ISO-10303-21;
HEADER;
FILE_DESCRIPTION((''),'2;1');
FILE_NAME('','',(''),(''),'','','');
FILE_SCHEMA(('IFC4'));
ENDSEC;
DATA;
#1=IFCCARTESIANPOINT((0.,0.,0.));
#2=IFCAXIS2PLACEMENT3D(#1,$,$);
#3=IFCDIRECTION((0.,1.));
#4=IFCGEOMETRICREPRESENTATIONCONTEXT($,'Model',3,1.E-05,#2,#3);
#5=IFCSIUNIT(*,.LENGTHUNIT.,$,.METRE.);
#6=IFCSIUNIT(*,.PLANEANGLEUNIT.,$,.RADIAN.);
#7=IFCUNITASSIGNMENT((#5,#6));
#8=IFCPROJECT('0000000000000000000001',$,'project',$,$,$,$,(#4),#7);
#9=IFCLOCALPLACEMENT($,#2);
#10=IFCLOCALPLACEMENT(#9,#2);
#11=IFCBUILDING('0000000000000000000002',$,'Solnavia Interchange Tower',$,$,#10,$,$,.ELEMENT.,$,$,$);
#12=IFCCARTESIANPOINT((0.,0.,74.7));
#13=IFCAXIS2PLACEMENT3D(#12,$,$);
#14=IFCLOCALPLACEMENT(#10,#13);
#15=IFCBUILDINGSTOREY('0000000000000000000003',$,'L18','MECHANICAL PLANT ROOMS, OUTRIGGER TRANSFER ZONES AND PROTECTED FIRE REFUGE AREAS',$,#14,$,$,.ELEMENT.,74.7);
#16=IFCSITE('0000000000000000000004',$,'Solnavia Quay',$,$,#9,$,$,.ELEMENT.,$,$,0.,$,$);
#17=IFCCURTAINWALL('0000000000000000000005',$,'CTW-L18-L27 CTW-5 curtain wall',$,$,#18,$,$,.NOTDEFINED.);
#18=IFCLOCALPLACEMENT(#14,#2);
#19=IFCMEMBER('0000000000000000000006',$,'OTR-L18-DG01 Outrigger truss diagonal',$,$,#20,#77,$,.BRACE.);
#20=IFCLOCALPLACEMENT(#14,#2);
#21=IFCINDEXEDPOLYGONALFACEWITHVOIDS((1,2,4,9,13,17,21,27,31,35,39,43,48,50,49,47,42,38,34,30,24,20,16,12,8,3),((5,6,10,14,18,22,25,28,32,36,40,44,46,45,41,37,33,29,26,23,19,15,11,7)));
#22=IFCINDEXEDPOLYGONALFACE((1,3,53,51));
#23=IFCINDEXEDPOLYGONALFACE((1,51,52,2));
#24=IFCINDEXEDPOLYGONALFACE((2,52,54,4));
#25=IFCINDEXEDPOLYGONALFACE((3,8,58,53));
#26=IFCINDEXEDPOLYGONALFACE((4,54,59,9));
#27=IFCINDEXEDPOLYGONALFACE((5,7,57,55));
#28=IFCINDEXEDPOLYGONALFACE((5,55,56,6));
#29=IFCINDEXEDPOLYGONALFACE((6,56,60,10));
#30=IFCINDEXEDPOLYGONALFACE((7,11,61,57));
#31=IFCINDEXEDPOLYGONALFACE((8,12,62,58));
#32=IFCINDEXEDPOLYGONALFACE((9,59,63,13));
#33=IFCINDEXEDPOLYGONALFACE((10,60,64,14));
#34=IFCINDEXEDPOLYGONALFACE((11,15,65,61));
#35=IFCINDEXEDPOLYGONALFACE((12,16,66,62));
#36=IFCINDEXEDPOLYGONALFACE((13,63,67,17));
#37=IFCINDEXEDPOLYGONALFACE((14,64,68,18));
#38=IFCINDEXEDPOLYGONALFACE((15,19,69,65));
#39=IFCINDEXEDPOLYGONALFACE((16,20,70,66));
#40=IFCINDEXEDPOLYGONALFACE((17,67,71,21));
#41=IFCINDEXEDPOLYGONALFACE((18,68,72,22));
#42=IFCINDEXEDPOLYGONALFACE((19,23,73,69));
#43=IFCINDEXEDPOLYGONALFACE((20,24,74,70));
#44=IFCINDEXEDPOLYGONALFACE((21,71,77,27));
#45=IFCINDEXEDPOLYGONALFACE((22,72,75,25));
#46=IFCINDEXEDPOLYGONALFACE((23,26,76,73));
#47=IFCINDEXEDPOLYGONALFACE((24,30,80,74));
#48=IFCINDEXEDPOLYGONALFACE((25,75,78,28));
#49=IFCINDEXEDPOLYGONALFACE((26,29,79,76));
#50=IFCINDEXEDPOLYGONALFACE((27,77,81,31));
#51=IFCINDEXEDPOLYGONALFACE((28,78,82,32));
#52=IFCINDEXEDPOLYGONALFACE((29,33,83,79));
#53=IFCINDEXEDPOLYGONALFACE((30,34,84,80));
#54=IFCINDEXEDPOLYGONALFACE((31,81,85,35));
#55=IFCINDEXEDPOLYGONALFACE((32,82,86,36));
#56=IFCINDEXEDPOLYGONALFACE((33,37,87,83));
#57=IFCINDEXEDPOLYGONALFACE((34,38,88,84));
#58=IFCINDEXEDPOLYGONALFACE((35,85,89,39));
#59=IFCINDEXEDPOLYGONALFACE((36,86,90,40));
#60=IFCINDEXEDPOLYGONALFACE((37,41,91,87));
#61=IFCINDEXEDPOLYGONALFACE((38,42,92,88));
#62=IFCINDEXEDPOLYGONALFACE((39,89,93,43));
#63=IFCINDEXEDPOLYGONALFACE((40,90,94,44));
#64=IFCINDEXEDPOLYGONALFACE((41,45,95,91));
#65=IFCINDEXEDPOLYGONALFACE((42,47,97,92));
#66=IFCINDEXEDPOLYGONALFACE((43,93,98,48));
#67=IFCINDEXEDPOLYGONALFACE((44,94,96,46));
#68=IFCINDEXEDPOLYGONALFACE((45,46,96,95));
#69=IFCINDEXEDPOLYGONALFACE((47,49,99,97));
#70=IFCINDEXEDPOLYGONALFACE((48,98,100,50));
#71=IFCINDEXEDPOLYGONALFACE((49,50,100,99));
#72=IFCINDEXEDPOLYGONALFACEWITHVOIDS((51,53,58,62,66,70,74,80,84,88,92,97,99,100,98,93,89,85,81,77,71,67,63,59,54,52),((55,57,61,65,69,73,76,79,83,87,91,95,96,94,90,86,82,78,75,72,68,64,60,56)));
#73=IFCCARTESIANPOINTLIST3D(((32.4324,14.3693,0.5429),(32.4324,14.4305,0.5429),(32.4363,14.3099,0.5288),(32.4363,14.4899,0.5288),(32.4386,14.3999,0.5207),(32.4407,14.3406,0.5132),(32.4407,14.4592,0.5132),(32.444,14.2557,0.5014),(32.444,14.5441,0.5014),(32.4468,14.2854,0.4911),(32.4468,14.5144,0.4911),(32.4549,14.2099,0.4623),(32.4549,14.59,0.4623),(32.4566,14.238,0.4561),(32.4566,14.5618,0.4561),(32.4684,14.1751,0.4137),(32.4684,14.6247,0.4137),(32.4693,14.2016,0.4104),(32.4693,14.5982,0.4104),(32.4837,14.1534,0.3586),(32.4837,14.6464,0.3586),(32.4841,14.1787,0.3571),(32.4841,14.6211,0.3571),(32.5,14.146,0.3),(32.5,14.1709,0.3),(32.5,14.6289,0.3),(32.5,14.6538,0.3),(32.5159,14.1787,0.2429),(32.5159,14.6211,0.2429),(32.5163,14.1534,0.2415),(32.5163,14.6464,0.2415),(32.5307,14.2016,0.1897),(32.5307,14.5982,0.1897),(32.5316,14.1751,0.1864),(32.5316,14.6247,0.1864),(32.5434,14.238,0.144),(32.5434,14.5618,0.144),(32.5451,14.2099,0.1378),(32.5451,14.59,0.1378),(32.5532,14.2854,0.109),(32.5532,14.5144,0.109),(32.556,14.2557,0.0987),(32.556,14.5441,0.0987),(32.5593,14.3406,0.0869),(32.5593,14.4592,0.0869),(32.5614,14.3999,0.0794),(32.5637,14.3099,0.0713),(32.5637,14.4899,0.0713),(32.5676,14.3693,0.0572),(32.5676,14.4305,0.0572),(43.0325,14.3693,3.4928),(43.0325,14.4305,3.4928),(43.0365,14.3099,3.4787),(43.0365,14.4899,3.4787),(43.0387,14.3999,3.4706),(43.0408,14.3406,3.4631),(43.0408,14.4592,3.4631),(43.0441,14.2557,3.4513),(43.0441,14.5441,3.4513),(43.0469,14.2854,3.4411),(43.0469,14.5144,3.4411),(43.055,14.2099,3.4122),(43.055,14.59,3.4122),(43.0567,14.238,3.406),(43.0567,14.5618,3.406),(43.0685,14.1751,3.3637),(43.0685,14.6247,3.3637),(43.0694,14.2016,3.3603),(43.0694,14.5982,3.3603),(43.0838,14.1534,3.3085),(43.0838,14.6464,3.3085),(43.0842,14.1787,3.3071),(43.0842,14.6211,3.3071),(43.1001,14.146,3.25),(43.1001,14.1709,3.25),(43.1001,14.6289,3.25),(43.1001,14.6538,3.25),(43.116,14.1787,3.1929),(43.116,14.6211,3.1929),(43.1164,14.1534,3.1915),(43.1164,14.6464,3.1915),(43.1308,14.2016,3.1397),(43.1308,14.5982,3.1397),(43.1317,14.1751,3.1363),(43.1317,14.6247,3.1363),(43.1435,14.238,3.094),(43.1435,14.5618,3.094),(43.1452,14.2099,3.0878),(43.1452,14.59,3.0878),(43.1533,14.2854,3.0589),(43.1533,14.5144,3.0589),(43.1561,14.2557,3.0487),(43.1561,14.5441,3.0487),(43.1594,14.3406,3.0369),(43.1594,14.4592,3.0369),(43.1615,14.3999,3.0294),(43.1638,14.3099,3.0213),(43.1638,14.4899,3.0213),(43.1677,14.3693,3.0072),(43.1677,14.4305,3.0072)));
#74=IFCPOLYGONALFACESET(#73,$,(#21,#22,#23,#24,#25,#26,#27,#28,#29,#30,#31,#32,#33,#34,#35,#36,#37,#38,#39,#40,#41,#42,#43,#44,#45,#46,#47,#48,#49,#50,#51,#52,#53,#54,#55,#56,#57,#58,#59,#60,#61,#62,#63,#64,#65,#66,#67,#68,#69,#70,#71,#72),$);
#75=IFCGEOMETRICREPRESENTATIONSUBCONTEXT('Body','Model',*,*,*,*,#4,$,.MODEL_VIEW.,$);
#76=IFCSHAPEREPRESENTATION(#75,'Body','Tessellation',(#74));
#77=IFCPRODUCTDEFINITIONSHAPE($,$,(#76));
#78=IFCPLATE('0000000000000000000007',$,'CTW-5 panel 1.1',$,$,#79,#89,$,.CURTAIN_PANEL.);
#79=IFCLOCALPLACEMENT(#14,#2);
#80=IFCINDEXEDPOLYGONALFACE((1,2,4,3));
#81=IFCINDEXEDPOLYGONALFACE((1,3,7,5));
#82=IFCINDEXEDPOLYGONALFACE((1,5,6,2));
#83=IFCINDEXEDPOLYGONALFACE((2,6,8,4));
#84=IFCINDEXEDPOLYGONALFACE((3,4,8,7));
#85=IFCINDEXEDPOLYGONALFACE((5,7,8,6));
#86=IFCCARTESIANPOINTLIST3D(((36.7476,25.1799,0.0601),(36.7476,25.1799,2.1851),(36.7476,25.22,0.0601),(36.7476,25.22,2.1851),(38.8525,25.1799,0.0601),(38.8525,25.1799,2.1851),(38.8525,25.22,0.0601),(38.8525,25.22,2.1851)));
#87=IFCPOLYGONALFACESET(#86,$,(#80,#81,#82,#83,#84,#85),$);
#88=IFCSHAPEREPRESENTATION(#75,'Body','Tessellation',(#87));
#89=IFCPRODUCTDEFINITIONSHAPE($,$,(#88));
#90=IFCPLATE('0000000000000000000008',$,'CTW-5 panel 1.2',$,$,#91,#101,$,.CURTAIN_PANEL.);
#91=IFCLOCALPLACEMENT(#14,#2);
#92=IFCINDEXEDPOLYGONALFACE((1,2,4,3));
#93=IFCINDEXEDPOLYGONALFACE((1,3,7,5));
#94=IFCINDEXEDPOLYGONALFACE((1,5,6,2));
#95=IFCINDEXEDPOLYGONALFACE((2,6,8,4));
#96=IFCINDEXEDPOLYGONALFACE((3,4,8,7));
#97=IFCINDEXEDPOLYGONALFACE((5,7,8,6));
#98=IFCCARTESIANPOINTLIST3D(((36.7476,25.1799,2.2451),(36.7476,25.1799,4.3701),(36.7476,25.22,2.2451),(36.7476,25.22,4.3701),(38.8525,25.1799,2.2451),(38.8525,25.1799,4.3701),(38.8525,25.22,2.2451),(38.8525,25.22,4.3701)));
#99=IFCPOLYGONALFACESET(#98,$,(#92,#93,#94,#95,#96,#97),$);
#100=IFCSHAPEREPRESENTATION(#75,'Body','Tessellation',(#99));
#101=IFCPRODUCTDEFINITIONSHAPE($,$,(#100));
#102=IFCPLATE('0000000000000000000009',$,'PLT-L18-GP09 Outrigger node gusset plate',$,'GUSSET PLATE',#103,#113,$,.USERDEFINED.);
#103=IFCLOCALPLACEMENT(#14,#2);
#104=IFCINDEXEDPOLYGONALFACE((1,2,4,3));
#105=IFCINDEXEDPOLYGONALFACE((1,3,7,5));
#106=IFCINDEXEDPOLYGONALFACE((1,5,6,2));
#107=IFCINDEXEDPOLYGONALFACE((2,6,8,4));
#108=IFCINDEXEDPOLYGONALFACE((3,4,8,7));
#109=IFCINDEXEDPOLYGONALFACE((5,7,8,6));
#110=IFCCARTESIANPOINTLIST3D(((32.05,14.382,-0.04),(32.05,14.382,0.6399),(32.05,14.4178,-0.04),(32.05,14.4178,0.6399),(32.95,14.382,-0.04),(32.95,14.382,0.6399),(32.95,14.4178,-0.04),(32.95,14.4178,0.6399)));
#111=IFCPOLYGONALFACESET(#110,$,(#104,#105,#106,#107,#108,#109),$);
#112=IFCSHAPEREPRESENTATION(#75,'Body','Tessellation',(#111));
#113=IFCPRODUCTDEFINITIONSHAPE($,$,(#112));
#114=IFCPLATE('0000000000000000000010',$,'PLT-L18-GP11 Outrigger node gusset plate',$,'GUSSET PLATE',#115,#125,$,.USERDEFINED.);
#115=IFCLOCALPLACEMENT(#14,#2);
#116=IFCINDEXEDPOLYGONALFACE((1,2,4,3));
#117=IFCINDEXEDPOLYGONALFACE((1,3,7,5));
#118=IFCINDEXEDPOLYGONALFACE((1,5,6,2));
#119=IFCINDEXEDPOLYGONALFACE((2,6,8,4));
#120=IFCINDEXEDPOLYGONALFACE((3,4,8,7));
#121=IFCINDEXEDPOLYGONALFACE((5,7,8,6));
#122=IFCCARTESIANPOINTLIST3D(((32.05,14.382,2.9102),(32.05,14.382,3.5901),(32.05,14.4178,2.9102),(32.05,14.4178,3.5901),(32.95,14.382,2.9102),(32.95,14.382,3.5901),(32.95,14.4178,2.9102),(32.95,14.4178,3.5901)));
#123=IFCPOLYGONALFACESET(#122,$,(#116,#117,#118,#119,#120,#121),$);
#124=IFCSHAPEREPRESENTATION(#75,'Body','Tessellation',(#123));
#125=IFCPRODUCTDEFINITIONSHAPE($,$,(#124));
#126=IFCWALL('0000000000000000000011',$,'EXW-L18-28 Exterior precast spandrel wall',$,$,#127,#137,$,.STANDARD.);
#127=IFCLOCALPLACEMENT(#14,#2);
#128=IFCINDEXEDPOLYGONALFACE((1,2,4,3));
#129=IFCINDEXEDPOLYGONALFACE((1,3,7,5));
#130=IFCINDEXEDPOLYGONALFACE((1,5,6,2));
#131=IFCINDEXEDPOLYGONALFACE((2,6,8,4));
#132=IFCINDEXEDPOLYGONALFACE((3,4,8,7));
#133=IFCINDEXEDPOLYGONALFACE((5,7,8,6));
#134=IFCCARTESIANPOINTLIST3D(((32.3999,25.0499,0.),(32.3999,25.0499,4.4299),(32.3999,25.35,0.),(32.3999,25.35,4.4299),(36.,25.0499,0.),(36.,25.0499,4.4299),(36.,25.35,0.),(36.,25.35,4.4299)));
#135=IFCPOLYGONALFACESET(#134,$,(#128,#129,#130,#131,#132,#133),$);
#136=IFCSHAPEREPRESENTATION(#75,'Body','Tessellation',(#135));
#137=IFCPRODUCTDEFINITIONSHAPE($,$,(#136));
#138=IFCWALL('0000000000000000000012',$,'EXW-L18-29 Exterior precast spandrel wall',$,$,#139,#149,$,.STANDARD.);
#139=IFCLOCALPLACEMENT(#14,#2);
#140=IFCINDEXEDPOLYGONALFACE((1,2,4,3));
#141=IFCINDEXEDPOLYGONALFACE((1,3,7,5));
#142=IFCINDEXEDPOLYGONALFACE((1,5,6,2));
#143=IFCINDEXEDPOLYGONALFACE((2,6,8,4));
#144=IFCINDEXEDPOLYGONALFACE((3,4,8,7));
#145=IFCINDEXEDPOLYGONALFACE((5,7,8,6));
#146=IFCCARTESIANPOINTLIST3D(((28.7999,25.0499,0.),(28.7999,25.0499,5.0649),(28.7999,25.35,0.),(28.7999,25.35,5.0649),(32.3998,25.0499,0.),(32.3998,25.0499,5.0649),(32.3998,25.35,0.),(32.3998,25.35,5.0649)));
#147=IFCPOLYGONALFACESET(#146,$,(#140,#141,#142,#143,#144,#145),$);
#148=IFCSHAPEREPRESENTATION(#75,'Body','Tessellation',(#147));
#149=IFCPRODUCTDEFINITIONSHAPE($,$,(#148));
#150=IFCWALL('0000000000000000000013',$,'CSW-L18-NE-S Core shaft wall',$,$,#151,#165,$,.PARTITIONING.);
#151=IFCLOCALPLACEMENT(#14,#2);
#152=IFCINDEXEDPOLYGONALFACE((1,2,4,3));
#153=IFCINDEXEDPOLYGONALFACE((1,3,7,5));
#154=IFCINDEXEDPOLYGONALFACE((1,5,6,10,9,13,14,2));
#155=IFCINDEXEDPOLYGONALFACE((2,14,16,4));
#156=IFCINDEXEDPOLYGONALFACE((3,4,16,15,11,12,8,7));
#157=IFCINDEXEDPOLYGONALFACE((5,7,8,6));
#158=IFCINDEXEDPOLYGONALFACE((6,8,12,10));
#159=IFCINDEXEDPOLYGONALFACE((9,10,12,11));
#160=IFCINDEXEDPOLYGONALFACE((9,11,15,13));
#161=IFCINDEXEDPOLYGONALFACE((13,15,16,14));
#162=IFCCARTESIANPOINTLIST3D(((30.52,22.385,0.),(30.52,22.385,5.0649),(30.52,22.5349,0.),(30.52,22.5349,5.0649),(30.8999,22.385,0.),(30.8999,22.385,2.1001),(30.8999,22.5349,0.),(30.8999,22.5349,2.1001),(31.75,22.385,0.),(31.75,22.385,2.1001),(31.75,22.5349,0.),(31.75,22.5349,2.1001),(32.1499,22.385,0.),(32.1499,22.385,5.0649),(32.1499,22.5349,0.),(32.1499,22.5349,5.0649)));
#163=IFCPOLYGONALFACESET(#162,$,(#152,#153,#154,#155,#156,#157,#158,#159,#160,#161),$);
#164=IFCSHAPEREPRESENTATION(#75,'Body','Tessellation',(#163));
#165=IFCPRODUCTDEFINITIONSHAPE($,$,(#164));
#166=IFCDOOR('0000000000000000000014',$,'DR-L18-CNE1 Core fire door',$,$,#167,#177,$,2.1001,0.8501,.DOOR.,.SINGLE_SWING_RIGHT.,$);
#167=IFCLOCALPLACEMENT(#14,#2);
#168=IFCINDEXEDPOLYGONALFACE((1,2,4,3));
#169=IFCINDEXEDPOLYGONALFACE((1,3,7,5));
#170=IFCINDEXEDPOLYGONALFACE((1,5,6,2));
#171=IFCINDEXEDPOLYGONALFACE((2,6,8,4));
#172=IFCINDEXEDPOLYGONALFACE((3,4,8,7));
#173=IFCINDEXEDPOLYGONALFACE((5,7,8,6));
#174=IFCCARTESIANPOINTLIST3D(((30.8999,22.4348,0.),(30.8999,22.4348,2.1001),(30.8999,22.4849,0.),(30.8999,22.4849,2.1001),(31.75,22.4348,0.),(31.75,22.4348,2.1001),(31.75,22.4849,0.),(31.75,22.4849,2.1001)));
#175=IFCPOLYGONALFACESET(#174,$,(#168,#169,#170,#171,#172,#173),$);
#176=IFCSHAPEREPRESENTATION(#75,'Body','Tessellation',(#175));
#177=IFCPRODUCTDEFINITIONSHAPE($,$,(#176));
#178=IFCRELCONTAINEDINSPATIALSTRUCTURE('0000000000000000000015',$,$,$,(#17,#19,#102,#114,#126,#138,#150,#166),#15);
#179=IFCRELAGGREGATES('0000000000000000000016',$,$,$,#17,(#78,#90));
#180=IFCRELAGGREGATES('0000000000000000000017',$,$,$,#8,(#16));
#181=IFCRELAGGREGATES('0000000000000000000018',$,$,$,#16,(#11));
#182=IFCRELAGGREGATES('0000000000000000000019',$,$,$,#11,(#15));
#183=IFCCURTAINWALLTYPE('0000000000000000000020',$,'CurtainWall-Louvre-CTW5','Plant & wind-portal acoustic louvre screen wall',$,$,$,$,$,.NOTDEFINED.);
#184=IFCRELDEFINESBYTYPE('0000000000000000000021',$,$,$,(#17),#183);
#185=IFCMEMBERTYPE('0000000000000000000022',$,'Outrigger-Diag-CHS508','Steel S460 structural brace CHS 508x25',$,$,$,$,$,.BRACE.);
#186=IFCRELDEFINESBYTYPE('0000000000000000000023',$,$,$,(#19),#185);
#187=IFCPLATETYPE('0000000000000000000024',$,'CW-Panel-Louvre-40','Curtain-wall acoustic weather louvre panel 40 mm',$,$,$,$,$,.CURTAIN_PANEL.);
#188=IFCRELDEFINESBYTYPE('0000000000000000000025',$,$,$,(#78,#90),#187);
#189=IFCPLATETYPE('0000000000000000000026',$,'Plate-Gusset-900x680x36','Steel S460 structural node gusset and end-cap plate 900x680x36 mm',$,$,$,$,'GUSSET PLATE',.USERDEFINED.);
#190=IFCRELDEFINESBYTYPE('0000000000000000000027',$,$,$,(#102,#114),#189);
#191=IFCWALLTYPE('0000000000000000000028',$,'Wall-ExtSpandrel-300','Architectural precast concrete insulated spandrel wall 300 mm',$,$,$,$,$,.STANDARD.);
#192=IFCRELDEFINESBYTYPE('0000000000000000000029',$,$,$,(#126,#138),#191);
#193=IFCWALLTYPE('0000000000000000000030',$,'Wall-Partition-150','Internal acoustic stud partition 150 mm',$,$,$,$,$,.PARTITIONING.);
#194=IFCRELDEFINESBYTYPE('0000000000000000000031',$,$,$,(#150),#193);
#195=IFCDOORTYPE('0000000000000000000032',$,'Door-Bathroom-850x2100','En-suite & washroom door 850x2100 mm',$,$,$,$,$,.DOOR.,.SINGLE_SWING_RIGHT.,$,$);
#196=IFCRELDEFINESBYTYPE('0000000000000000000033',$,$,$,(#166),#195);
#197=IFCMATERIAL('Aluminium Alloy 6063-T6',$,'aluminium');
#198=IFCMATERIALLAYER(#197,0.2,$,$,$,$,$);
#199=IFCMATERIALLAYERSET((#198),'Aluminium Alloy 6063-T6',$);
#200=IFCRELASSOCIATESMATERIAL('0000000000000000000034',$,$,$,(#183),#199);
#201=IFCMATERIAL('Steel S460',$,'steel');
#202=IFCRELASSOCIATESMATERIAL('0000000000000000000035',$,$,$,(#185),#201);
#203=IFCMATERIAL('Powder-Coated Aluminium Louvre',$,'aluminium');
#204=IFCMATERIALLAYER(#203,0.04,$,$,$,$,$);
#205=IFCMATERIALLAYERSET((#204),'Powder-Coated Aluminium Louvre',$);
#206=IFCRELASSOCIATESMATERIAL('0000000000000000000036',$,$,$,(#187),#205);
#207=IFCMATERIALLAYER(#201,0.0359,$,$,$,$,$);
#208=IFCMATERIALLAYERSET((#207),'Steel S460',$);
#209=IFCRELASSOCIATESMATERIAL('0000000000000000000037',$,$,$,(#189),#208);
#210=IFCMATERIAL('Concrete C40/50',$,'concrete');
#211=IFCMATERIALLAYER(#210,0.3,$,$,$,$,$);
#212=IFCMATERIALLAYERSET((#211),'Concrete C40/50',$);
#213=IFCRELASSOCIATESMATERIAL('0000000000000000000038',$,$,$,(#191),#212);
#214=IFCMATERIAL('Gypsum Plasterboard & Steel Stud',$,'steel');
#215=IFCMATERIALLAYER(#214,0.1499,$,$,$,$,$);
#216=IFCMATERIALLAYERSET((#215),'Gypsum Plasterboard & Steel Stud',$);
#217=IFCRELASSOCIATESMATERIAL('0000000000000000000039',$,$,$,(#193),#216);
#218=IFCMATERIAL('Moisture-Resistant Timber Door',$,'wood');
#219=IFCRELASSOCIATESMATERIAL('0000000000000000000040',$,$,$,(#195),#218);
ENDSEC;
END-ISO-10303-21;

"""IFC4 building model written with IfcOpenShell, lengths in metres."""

from ifc_helpers import new_model, si_unit, direction, frame, frame_2d, origin, origin_2d, place, context, subcontext, project, spatial, rectangle, hollow_circle, extrude, material, layer, layer_set, material_profile, profile_set, type_object, element, fill, aggregate, save


model = new_model("IFC4")

# Units and contexts
model_context = context("Model", 3, precision=1e-05, world=origin(), true_north=direction((0.0, 1.0)))
body_context = subcontext(model_context, "Body", "Model", "MODEL_VIEW")
ifc_project = project(units=[si_unit("LENGTHUNIT", "METRE"), si_unit("PLANEANGLEUNIT", "RADIAN")], contexts=[model_context])

# Site, building, storey
site_placement = place(None, origin())
site = spatial("IfcSite", under=ifc_project, at=site_placement, Name="Solnavia Quay", CompositionType="ELEMENT", RefElevation=0.0)
building_placement = place(site_placement, origin())
building = spatial("IfcBuilding", under=site, at=building_placement, Name="Solnavia Interchange Tower", CompositionType="ELEMENT")
storey_placement = place(building_placement, frame((0.0, 0.0, 74.7)))
storey = spatial("IfcBuildingStorey", under=building, at=storey_placement, Name="L18", Description="MECHANICAL PLANT ROOMS, OUTRIGGER TRANSFER ZONES AND PROTECTED FIRE REFUGE AREAS", CompositionType="ELEMENT", Elevation=74.7)

# Curtain wall
ifc_material_1 = material(Name="Aluminium Alloy 6063-T6", Category="aluminium")
ifc_layer_1 = layer(ifc_material_1, 0.2)
ifc_layer_set_1 = layer_set([ifc_layer_1], Name="Aluminium Alloy 6063-T6")
curtain_wall_type = type_object("IfcCurtainWallType", Name="CurtainWall-Louvre-CTW5", Description="Plant & wind-portal acoustic louvre screen wall", PredefinedType="NOTDEFINED", material=ifc_layer_set_1)
curtain_wall_placement = place(storey_placement, origin())
curtain_wall = element("IfcCurtainWall", 1, at=curtain_wall_placement, inside=storey, type_object=curtain_wall_type, Name="CTW-L18-L27 CTW-5 curtain wall", PredefinedType="NOTDEFINED")

# Member
ifc_material_2 = material(Name="Steel S460", Category="steel")
ifc_material_profile_1 = material_profile(ifc_material_2, hollow_circle(Radius=0.2539, WallThickness=0.0249, at=origin_2d()), Name="CHS 508x25")
ifc_profile_set_1 = profile_set([ifc_material_profile_1], Name="Steel S460")
member_type_1 = type_object("IfcMemberType", Name="Outrigger-Diag-CHS508", Description="Steel S460 structural brace CHS 508x25", PredefinedType="BRACE", material=ifc_profile_set_1)
member_1_placement = place(storey_placement, frame((32.5, 14.3999, 0.3), z_axis=(0.963389, 0.0, 0.268106), x_axis=(0.0, 1.0, 0.0)))
element("IfcMember", 2, at=member_1_placement, inside=storey, type_object=member_type_1, Name="OTR-L18-DG01 Outrigger truss diagonal", PredefinedType="BRACE", context=body_context, shape_type="SweptSolid", body=[
    extrude(hollow_circle(Radius=0.2539, WallThickness=0.0249, at=origin_2d()), origin(), (0.0, 0.0, 1.0), 11.0029),
])

# Plates
ifc_material_3 = material(Name="Powder-Coated Aluminium Louvre", Category="aluminium")
ifc_layer_2 = layer(ifc_material_3, 0.04)
ifc_layer_set_2 = layer_set([ifc_layer_2], Name="Powder-Coated Aluminium Louvre")
plate_type_1 = type_object("IfcPlateType", Name="CW-Panel-Louvre-40", Description="Curtain-wall acoustic weather louvre panel 40 mm", PredefinedType="CURTAIN_PANEL", material=ifc_layer_set_2)
plate_1_placement = place(storey_placement, frame((37.8, 25.2, 0.0601), z_axis=(0.0, 0.0, 1.0), x_axis=(-1.0, 0.0, 0.0)))
plate_1 = element("IfcPlate", 3, at=plate_1_placement, type_object=plate_type_1, Name="CTW-5 panel 1.1", PredefinedType="CURTAIN_PANEL", context=body_context, shape_type="SweptSolid", body=[
    extrude(rectangle(XDim=2.105, YDim=0.04, at=origin_2d()), origin(), (0.0, 0.0, 1.0), 2.125),
])
plate_2_placement = place(storey_placement, frame((37.8, 25.2, 2.2451), z_axis=(0.0, 0.0, 1.0), x_axis=(-1.0, 0.0, 0.0)))
plate_2 = element("IfcPlate", 4, at=plate_2_placement, type_object=plate_type_1, Name="CTW-5 panel 1.2", PredefinedType="CURTAIN_PANEL", context=body_context, shape_type="SweptSolid", body=[
    extrude(rectangle(XDim=2.105, YDim=0.04, at=origin_2d()), origin(), (0.0, 0.0, 1.0), 2.125),
])
aggregate(curtain_wall, [plate_1, plate_2])

# Plates
ifc_layer_3 = layer(ifc_material_2, 0.0359)
ifc_layer_set_3 = layer_set([ifc_layer_3], Name="Steel S460")
plate_type_2 = type_object("IfcPlateType", Name="Plate-Gusset-900x680x36", Description="Steel S460 structural node gusset and end-cap plate 900x680x36 mm", ElementType="GUSSET PLATE", PredefinedType="USERDEFINED", material=ifc_layer_set_3)
for number, where, z_axis, x_axis, name in (
    (5, (32.5, 14.3999, -0.04), (0.0, 0.0, 1.0), (1.0, 0.0, 0.0), "PLT-L18-GP09 Outrigger node gusset plate"),
    (6, (32.5, 14.3999, 2.9102), (0.0, 0.0, 1.0), (1.0, 0.0, 0.0), "PLT-L18-GP11 Outrigger node gusset plate"),
):
    element("IfcPlate", number, at=place(storey_placement, frame(where, z_axis=z_axis, x_axis=x_axis)), inside=storey, type_object=plate_type_2, Name=name, ObjectType="GUSSET PLATE", PredefinedType="USERDEFINED", context=body_context, shape_type="SweptSolid", body=[
        extrude(rectangle(XDim=0.8999, YDim=0.0359, at=origin_2d()), origin(), (0.0, 0.0, 1.0), 0.6799),
    ])

# Walls
ifc_material_4 = material(Name="Concrete C40/50", Category="concrete")
ifc_layer_4 = layer(ifc_material_4, 0.3)
ifc_layer_set_4 = layer_set([ifc_layer_4], Name="Concrete C40/50")
wall_type_1 = type_object("IfcWallType", Name="Wall-ExtSpandrel-300", Description="Architectural precast concrete insulated spandrel wall 300 mm", PredefinedType="STANDARD", material=ifc_layer_set_4)
wall_1_placement = place(storey_placement, frame((32.3999, 25.2, 0.0), z_axis=(0.0, 0.0, 1.0), x_axis=(1.0, 0.0, 0.0)))
element("IfcWall", 7, at=wall_1_placement, inside=storey, type_object=wall_type_1, Name="EXW-L18-28 Exterior precast spandrel wall", PredefinedType="STANDARD", context=body_context, shape_type="SweptSolid", body=[
    extrude(rectangle(XDim=3.6001, YDim=0.3, at=frame_2d((1.8, 0.0))), origin(), (0.0, 0.0, 1.0), 4.4299),
])
wall_2_placement = place(storey_placement, frame((28.8, 25.2, 0.0), z_axis=(0.0, 0.0, 1.0), x_axis=(1.0, 0.0, 0.0)))
element("IfcWall", 8, at=wall_2_placement, inside=storey, type_object=wall_type_1, Name="EXW-L18-29 Exterior precast spandrel wall", PredefinedType="STANDARD", context=body_context, shape_type="SweptSolid", body=[
    extrude(rectangle(XDim=3.5999, YDim=0.3, at=frame_2d((1.7998, 0.0))), origin(), (0.0, 0.0, 1.0), 5.0649),
])

# Wall, opening, door
ifc_material_5 = material(Name="Gypsum Plasterboard & Steel Stud", Category="steel")
ifc_layer_5 = layer(ifc_material_5, 0.1499)
ifc_layer_set_5 = layer_set([ifc_layer_5], Name="Gypsum Plasterboard & Steel Stud")
wall_type_2 = type_object("IfcWallType", Name="Wall-Partition-150", Description="Internal acoustic stud partition 150 mm", PredefinedType="PARTITIONING", material=ifc_layer_set_5)
wall_3_placement = place(storey_placement, frame((30.52, 22.46, 0.0), z_axis=(0.0, 0.0, 1.0), x_axis=(1.0, 0.0, 0.0)))
wall_3 = element("IfcWall", 9, at=wall_3_placement, inside=storey, type_object=wall_type_2, Name="CSW-L18-NE-S Core shaft wall", PredefinedType="PARTITIONING", context=body_context, shape_type="SweptSolid", body=[
    extrude(rectangle(XDim=1.6299, YDim=0.1499, at=frame_2d((0.8149, 0.0))), origin(), (0.0, 0.0, 1.0), 5.0649),
])
opening_1_placement = place(wall_3_placement, frame((0.3799, 0.0, 0.0)))
opening_1 = element("IfcOpeningElement", 10, at=opening_1_placement, cuts=wall_3, PredefinedType="OPENING", context=body_context, shape_type="SweptSolid", body=[
    extrude(rectangle(XDim=0.8501, YDim=2.1001, at=frame_2d((0.425, 1.05))), frame((0.0, 0.085, 0.0), z_axis=(0.0, -1.0, 0.0), x_axis=(1.0, 0.0, 0.0)), (0.0, 0.0, 1.0), 0.1699),
])
ifc_material_6 = material(Name="Moisture-Resistant Timber Door", Category="wood")
door_type_1 = type_object("IfcDoorType", Name="Door-Bathroom-850x2100", Description="En-suite & washroom door 850x2100 mm", OperationType="SINGLE_SWING_RIGHT", PredefinedType="DOOR", material=ifc_material_6)
door_1_placement = place(opening_1_placement, origin())
door_1 = element("IfcDoor", 11, at=door_1_placement, inside=storey, type_object=door_type_1, Name="DR-L18-CNE1 Core fire door", OperationType="SINGLE_SWING_RIGHT", OverallHeight=2.1001, OverallWidth=0.8501, PredefinedType="DOOR", context=body_context, shape_type="SweptSolid", body=[
    extrude(rectangle(XDim=0.8501, YDim=2.1001, at=frame_2d((0.425, 1.05))), frame((0.0, 0.0249, 0.0), z_axis=(0.0, -1.0, 0.0), x_axis=(1.0, 0.0, 0.0)), (0.0, 0.0, 1.0), 0.05),
])
fill(opening_1, door_1)

save(model, "model.ifc")
